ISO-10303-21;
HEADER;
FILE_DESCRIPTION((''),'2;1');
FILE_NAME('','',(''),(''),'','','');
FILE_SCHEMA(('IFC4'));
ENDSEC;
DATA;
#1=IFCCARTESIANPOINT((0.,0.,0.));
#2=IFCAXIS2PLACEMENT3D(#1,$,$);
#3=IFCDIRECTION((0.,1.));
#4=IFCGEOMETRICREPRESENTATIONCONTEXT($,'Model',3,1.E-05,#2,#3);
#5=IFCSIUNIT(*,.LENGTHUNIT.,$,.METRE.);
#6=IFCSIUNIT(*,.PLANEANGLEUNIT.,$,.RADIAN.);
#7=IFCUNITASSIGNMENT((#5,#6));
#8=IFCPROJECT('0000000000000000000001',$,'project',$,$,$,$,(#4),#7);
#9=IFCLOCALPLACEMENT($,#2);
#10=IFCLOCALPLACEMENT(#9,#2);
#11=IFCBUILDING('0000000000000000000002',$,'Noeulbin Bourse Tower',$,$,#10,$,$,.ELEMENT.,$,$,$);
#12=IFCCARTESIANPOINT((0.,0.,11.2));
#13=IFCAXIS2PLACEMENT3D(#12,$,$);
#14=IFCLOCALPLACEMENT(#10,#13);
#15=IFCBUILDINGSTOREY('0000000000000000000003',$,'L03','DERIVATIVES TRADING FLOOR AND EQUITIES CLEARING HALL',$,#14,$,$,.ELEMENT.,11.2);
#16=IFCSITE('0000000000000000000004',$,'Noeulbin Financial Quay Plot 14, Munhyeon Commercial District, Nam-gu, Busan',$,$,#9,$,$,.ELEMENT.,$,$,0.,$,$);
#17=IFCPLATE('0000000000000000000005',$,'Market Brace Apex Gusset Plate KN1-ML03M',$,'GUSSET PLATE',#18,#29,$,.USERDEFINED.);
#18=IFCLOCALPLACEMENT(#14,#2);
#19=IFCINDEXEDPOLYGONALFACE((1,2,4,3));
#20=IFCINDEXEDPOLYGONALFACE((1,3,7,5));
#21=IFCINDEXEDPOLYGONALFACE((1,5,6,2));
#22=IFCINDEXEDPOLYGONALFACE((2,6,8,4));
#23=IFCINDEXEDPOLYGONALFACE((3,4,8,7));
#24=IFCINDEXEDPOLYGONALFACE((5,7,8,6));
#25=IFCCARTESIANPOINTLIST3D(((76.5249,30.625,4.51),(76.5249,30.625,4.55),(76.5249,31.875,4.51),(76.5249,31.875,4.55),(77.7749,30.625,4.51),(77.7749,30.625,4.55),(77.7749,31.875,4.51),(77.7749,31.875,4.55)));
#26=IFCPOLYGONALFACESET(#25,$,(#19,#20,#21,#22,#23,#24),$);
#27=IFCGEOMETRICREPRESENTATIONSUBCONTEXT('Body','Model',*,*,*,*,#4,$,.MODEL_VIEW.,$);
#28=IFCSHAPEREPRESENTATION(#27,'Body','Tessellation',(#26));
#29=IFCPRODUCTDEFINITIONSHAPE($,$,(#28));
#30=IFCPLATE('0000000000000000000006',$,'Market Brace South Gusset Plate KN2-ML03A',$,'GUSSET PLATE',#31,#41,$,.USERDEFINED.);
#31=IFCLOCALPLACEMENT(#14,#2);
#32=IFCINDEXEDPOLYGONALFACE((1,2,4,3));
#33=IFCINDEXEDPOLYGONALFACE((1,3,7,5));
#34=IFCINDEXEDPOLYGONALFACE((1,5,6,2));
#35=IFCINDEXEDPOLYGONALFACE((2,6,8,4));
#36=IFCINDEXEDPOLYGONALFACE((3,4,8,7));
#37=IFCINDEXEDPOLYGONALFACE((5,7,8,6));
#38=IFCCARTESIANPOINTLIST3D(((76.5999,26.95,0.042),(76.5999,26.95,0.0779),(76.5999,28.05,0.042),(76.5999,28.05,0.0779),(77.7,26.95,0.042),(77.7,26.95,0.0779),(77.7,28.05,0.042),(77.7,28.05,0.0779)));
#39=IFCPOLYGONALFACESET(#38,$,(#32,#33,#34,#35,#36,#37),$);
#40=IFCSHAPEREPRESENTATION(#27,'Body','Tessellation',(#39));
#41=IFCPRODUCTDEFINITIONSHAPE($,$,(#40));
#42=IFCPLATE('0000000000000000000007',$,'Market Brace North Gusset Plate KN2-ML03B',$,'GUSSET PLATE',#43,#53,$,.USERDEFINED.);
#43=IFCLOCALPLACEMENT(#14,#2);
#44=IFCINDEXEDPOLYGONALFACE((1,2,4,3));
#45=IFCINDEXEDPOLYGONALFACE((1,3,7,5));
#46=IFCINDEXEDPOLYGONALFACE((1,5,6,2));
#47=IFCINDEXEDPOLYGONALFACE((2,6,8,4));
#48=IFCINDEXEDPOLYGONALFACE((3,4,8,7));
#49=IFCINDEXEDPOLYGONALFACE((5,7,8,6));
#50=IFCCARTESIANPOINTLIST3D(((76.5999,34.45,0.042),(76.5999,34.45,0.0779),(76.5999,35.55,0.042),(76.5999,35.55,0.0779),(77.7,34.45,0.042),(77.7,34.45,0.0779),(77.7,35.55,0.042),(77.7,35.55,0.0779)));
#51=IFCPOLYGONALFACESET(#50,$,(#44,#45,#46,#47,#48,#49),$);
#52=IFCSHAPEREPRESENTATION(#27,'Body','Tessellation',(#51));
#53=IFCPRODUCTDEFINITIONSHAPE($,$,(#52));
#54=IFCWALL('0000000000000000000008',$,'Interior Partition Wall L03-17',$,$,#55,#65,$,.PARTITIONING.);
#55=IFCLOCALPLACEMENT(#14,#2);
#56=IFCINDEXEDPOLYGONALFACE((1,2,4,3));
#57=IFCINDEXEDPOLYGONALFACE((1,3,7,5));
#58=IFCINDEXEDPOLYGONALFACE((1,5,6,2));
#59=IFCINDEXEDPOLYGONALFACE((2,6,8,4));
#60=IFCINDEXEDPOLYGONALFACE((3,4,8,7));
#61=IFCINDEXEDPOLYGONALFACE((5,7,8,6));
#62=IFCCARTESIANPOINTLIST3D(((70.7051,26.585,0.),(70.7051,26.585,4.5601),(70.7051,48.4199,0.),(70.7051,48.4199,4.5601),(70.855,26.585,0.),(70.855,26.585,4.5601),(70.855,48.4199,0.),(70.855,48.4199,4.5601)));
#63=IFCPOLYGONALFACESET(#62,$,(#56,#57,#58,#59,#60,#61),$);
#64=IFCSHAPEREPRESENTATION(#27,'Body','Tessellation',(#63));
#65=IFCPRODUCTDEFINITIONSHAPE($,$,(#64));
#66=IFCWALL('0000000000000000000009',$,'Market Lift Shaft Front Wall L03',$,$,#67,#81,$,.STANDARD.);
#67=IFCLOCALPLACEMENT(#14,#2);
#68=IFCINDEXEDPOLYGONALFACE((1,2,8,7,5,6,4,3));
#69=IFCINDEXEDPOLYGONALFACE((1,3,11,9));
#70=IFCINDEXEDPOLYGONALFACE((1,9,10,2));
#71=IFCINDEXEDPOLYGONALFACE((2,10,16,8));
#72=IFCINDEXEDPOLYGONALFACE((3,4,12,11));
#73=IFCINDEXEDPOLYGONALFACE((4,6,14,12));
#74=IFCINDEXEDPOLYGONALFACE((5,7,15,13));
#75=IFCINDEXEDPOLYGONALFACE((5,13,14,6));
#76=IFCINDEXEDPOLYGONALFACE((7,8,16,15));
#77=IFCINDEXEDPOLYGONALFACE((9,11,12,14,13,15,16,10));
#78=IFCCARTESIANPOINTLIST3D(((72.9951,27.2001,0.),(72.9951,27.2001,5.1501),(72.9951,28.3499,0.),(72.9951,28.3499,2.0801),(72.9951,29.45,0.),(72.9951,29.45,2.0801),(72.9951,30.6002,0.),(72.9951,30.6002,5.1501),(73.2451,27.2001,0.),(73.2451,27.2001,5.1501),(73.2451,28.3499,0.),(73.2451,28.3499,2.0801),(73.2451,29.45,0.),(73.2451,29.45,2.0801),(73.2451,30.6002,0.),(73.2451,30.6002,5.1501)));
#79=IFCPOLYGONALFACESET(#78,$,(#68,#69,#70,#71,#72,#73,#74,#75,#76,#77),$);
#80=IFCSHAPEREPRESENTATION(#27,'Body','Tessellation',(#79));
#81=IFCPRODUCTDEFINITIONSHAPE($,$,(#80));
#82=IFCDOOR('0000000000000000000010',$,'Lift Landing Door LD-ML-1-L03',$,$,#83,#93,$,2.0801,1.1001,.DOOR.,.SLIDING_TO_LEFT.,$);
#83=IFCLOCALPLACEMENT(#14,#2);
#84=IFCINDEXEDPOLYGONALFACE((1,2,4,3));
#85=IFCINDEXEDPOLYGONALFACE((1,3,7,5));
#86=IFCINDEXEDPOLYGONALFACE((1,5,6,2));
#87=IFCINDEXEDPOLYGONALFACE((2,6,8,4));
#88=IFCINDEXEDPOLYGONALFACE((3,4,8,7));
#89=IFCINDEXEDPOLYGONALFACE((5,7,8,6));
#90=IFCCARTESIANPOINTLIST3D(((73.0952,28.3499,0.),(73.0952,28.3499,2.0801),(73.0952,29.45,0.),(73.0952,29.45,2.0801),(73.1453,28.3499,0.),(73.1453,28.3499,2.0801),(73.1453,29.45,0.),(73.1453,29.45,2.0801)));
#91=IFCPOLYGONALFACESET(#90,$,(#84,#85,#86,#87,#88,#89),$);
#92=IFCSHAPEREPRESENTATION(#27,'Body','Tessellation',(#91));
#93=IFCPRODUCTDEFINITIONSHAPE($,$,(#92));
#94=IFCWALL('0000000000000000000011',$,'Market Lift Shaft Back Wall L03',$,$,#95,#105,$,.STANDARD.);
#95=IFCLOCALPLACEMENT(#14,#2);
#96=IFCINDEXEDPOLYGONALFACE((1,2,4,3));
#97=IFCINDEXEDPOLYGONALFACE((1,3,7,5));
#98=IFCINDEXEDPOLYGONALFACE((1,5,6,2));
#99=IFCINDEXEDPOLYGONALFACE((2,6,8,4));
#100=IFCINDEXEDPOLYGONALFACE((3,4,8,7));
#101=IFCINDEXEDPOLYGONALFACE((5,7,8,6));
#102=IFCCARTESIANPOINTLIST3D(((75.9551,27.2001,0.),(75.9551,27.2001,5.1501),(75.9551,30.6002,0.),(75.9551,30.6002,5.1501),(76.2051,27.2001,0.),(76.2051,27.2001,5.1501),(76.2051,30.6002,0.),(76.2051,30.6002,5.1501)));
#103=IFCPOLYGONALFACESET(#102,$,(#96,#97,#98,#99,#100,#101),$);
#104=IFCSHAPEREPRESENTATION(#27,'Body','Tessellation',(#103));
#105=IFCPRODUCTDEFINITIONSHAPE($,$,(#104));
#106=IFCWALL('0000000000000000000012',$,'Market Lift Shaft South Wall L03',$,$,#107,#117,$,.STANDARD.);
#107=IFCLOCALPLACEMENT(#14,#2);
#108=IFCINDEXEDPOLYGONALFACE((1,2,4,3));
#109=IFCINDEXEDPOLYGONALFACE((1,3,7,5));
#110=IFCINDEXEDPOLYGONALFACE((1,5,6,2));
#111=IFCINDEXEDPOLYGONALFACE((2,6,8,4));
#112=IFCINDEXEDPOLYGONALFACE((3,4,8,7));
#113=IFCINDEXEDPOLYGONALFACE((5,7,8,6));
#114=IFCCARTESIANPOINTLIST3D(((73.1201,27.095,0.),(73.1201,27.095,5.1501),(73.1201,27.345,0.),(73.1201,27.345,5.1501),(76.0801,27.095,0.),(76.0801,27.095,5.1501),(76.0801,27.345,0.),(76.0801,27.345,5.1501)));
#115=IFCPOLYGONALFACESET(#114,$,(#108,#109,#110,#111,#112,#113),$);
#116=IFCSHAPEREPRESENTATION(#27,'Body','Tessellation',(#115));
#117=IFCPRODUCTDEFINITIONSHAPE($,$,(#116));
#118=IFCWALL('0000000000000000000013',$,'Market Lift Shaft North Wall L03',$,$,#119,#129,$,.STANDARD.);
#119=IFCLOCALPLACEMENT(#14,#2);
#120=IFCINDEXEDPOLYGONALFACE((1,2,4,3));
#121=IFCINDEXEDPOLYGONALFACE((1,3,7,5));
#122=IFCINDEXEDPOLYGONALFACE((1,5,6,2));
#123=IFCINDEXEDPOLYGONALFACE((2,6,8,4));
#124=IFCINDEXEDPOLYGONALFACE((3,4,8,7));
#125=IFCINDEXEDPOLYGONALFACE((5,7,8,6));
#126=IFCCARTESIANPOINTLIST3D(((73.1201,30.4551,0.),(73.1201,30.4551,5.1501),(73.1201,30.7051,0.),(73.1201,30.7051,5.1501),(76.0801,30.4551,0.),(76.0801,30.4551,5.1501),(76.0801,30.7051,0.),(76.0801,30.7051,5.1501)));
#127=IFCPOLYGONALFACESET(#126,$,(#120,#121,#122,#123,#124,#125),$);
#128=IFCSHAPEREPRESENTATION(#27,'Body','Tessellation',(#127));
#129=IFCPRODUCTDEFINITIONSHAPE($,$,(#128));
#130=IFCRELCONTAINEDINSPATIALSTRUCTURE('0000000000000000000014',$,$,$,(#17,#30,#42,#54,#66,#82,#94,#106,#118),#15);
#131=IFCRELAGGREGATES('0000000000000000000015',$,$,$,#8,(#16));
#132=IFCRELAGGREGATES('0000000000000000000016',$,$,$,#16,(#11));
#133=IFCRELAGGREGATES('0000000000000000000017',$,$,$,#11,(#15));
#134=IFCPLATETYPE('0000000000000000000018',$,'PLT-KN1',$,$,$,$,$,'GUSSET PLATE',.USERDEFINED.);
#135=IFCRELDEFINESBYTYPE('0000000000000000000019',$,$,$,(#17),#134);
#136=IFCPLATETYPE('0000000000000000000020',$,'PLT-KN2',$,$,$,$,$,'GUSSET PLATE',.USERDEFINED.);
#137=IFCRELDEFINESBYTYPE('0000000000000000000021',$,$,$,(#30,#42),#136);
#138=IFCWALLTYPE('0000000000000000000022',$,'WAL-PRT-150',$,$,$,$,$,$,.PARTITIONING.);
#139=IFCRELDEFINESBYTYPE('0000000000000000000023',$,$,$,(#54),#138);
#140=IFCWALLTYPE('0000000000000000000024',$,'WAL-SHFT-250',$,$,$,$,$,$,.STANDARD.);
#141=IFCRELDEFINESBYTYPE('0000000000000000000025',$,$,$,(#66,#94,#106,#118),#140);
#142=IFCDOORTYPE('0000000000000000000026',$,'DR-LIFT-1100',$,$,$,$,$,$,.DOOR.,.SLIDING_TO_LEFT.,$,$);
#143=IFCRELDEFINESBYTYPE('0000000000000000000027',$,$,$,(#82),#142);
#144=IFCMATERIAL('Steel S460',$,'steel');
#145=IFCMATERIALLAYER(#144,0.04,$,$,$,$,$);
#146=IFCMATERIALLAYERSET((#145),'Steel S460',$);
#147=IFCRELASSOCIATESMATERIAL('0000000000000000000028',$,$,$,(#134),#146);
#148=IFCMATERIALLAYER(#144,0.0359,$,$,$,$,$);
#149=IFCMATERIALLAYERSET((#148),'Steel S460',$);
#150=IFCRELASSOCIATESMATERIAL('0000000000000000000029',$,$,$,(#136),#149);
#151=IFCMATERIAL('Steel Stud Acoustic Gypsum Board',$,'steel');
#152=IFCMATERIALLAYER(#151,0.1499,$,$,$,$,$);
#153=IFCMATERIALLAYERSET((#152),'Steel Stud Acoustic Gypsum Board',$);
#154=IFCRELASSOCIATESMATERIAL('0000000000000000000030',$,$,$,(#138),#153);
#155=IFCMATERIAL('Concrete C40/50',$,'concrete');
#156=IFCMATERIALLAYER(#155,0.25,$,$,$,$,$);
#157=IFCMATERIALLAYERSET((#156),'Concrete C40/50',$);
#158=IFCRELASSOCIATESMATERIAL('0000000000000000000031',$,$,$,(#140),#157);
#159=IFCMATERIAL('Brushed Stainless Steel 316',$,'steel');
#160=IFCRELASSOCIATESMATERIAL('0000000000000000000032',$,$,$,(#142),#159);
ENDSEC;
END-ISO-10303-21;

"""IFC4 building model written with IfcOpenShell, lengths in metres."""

from ifc_helpers import new_model, si_unit, direction, frame, frame_2d, origin, origin_2d, place, context, subcontext, project, spatial, rectangle, extrude, material, layer, layer_set, type_object, element, fill, save


model = new_model("IFC4")

# Units and contexts
model_context = context("Model", 3, precision=1e-05, world=origin(), true_north=direction((0.0, 1.0)))
body_context = subcontext(model_context, "Body", "Model", "MODEL_VIEW")
ifc_project = project(units=[si_unit("LENGTHUNIT", "METRE"), si_unit("PLANEANGLEUNIT", "RADIAN")], contexts=[model_context])

# Site, building, storey
site_placement = place(None, origin())
site = spatial("IfcSite", under=ifc_project, at=site_placement, Name="Noeulbin Financial Quay Plot 14, Munhyeon Commercial District, Nam-gu, Busan", CompositionType="ELEMENT", RefElevation=0.0)
building_placement = place(site_placement, origin())
building = spatial("IfcBuilding", under=site, at=building_placement, Name="Noeulbin Bourse Tower", CompositionType="ELEMENT")
storey_placement = place(building_placement, frame((0.0, 0.0, 11.2)))
storey = spatial("IfcBuildingStorey", under=building, at=storey_placement, Name="L03", Description="DERIVATIVES TRADING FLOOR AND EQUITIES CLEARING HALL", CompositionType="ELEMENT", Elevation=11.2)

# Plates
ifc_material_1 = material(Name="Steel S460", Category="steel")
ifc_layer_1 = layer(ifc_material_1, 0.04)
ifc_layer_set_1 = layer_set([ifc_layer_1], Name="Steel S460")
plate_type_1 = type_object("IfcPlateType", Name="PLT-KN1", ElementType="GUSSET PLATE", PredefinedType="USERDEFINED", material=ifc_layer_set_1)
plate_placement = place(storey_placement, frame((77.1499, 31.25, 4.51), z_axis=(0.0, 0.0, 1.0), x_axis=(1.0, 0.0, 0.0)))
element("IfcPlate", 1, at=plate_placement, inside=storey, type_object=plate_type_1, Name="Market Brace Apex Gusset Plate KN1-ML03M", ObjectType="GUSSET PLATE", PredefinedType="USERDEFINED", context=body_context, shape_type="SweptSolid", body=[
    extrude(rectangle(XDim=1.25, YDim=1.25, at=origin_2d()), origin(), (0.0, 0.0, 1.0), 0.04),
])
ifc_layer_2 = layer(ifc_material_1, 0.0359)
ifc_layer_set_2 = layer_set([ifc_layer_2], Name="Steel S460")
plate_type_2 = type_object("IfcPlateType", Name="PLT-KN2", ElementType="GUSSET PLATE", PredefinedType="USERDEFINED", material=ifc_layer_set_2)
for number, where, z_axis, x_axis, name in (
    (2, (77.1499, 27.5, 0.042), (0.0, 0.0, 1.0), (1.0, 0.0, 0.0), "Market Brace South Gusset Plate KN2-ML03A"),
    (3, (77.1499, 35.0, 0.042), (0.0, 0.0, 1.0), (1.0, 0.0, 0.0), "Market Brace North Gusset Plate KN2-ML03B"),
):
    element("IfcPlate", number, at=place(storey_placement, frame(where, z_axis=z_axis, x_axis=x_axis)), inside=storey, type_object=plate_type_2, Name=name, ObjectType="GUSSET PLATE", PredefinedType="USERDEFINED", context=body_context, shape_type="SweptSolid", body=[
        extrude(rectangle(XDim=1.1001, YDim=1.1001, at=origin_2d()), origin(), (0.0, 0.0, 1.0), 0.0359),
    ])

# Wall
ifc_material_2 = material(Name="Steel Stud Acoustic Gypsum Board", Category="steel")
ifc_layer_3 = layer(ifc_material_2, 0.1499)
ifc_layer_set_3 = layer_set([ifc_layer_3], Name="Steel Stud Acoustic Gypsum Board")
wall_type_1 = type_object("IfcWallType", Name="WAL-PRT-150", PredefinedType="PARTITIONING", material=ifc_layer_set_3)
wall_1_placement = place(storey_placement, frame((70.78, 26.585, 0.0), z_axis=(0.0, 0.0, 1.0), x_axis=(0.0, 1.0, 0.0)))
element("IfcWall", 4, at=wall_1_placement, inside=storey, type_object=wall_type_1, Name="Interior Partition Wall L03-17", PredefinedType="PARTITIONING", context=body_context, shape_type="SweptSolid", body=[
    extrude(rectangle(XDim=21.835, YDim=0.1499, at=frame_2d((10.9175, 0.0))), origin(), (0.0, 0.0, 1.0), 4.5601),
])

# Wall, opening, door
ifc_material_3 = material(Name="Concrete C40/50", Category="concrete")
ifc_layer_4 = layer(ifc_material_3, 0.25)
ifc_layer_set_4 = layer_set([ifc_layer_4], Name="Concrete C40/50")
wall_type_2 = type_object("IfcWallType", Name="WAL-SHFT-250", PredefinedType="STANDARD", material=ifc_layer_set_4)
wall_2_placement = place(storey_placement, frame((73.1201, 27.2, 0.0), z_axis=(0.0, 0.0, 1.0), x_axis=(0.0, 1.0, 0.0)))
wall_2 = element("IfcWall", 5, at=wall_2_placement, inside=storey, type_object=wall_type_2, Name="Market Lift Shaft Front Wall L03", PredefinedType="STANDARD", context=body_context, shape_type="SweptSolid", body=[
    extrude(rectangle(XDim=3.4001, YDim=0.25, at=frame_2d((1.7002, 0.0))), origin(), (0.0, 0.0, 1.0), 5.1501),
])
opening_placement = place(wall_2_placement, frame((1.1499, 0.0, 0.0)))
opening = element("IfcOpeningElement", 6, at=opening_placement, cuts=wall_2, PredefinedType="OPENING", context=body_context, shape_type="SweptSolid", body=[
    extrude(rectangle(XDim=1.1001, YDim=2.0801, at=frame_2d((0.55, 1.04))), frame((0.0, 0.135, 0.0), z_axis=(0.0, -1.0, 0.0), x_axis=(1.0, 0.0, 0.0)), (0.0, 0.0, 1.0), 0.27),
])
ifc_material_4 = material(Name="Brushed Stainless Steel 316", Category="steel")
door_type = type_object("IfcDoorType", Name="DR-LIFT-1100", OperationType="SLIDING_TO_LEFT", PredefinedType="DOOR", material=ifc_material_4)
door_placement = place(opening_placement, origin())
door = element("IfcDoor", 7, at=door_placement, inside=storey, type_object=door_type, Name="Lift Landing Door LD-ML-1-L03", OperationType="SLIDING_TO_LEFT", OverallHeight=2.0801, OverallWidth=1.1001, PredefinedType="DOOR", context=body_context, shape_type="SweptSolid", body=[
    extrude(rectangle(XDim=1.1001, YDim=2.0801, at=frame_2d((0.55, 1.04))), frame((0.0, 0.0249, 0.0), z_axis=(0.0, -1.0, 0.0), x_axis=(1.0, 0.0, 0.0)), (0.0, 0.0, 1.0), 0.05),
])
fill(opening, door)

# Walls
wall_3_placement = place(storey_placement, frame((76.0801, 27.2, 0.0), z_axis=(0.0, 0.0, 1.0), x_axis=(0.0, 1.0, 0.0)))
element("IfcWall", 8, at=wall_3_placement, inside=storey, type_object=wall_type_2, Name="Market Lift Shaft Back Wall L03", PredefinedType="STANDARD", context=body_context, shape_type="SweptSolid", body=[
    extrude(rectangle(XDim=3.4001, YDim=0.25, at=frame_2d((1.7002, 0.0))), origin(), (0.0, 0.0, 1.0), 5.1501),
])
for number, where, z_axis, x_axis, name in (
    (9, (73.1201, 27.22, 0.0), (0.0, 0.0, 1.0), (1.0, 0.0, 0.0), "Market Lift Shaft South Wall L03"),
    (10, (73.1201, 30.5801, 0.0), (0.0, 0.0, 1.0), (1.0, 0.0, 0.0), "Market Lift Shaft North Wall L03"),
):
    element("IfcWall", number, at=place(storey_placement, frame(where, z_axis=z_axis, x_axis=x_axis)), inside=storey, type_object=wall_type_2, Name=name, PredefinedType="STANDARD", context=body_context, shape_type="SweptSolid", body=[
        extrude(rectangle(XDim=2.96, YDim=0.25, at=frame_2d((1.48, 0.0))), origin(), (0.0, 0.0, 1.0), 5.1501),
    ])

save(model, "model.ifc")
